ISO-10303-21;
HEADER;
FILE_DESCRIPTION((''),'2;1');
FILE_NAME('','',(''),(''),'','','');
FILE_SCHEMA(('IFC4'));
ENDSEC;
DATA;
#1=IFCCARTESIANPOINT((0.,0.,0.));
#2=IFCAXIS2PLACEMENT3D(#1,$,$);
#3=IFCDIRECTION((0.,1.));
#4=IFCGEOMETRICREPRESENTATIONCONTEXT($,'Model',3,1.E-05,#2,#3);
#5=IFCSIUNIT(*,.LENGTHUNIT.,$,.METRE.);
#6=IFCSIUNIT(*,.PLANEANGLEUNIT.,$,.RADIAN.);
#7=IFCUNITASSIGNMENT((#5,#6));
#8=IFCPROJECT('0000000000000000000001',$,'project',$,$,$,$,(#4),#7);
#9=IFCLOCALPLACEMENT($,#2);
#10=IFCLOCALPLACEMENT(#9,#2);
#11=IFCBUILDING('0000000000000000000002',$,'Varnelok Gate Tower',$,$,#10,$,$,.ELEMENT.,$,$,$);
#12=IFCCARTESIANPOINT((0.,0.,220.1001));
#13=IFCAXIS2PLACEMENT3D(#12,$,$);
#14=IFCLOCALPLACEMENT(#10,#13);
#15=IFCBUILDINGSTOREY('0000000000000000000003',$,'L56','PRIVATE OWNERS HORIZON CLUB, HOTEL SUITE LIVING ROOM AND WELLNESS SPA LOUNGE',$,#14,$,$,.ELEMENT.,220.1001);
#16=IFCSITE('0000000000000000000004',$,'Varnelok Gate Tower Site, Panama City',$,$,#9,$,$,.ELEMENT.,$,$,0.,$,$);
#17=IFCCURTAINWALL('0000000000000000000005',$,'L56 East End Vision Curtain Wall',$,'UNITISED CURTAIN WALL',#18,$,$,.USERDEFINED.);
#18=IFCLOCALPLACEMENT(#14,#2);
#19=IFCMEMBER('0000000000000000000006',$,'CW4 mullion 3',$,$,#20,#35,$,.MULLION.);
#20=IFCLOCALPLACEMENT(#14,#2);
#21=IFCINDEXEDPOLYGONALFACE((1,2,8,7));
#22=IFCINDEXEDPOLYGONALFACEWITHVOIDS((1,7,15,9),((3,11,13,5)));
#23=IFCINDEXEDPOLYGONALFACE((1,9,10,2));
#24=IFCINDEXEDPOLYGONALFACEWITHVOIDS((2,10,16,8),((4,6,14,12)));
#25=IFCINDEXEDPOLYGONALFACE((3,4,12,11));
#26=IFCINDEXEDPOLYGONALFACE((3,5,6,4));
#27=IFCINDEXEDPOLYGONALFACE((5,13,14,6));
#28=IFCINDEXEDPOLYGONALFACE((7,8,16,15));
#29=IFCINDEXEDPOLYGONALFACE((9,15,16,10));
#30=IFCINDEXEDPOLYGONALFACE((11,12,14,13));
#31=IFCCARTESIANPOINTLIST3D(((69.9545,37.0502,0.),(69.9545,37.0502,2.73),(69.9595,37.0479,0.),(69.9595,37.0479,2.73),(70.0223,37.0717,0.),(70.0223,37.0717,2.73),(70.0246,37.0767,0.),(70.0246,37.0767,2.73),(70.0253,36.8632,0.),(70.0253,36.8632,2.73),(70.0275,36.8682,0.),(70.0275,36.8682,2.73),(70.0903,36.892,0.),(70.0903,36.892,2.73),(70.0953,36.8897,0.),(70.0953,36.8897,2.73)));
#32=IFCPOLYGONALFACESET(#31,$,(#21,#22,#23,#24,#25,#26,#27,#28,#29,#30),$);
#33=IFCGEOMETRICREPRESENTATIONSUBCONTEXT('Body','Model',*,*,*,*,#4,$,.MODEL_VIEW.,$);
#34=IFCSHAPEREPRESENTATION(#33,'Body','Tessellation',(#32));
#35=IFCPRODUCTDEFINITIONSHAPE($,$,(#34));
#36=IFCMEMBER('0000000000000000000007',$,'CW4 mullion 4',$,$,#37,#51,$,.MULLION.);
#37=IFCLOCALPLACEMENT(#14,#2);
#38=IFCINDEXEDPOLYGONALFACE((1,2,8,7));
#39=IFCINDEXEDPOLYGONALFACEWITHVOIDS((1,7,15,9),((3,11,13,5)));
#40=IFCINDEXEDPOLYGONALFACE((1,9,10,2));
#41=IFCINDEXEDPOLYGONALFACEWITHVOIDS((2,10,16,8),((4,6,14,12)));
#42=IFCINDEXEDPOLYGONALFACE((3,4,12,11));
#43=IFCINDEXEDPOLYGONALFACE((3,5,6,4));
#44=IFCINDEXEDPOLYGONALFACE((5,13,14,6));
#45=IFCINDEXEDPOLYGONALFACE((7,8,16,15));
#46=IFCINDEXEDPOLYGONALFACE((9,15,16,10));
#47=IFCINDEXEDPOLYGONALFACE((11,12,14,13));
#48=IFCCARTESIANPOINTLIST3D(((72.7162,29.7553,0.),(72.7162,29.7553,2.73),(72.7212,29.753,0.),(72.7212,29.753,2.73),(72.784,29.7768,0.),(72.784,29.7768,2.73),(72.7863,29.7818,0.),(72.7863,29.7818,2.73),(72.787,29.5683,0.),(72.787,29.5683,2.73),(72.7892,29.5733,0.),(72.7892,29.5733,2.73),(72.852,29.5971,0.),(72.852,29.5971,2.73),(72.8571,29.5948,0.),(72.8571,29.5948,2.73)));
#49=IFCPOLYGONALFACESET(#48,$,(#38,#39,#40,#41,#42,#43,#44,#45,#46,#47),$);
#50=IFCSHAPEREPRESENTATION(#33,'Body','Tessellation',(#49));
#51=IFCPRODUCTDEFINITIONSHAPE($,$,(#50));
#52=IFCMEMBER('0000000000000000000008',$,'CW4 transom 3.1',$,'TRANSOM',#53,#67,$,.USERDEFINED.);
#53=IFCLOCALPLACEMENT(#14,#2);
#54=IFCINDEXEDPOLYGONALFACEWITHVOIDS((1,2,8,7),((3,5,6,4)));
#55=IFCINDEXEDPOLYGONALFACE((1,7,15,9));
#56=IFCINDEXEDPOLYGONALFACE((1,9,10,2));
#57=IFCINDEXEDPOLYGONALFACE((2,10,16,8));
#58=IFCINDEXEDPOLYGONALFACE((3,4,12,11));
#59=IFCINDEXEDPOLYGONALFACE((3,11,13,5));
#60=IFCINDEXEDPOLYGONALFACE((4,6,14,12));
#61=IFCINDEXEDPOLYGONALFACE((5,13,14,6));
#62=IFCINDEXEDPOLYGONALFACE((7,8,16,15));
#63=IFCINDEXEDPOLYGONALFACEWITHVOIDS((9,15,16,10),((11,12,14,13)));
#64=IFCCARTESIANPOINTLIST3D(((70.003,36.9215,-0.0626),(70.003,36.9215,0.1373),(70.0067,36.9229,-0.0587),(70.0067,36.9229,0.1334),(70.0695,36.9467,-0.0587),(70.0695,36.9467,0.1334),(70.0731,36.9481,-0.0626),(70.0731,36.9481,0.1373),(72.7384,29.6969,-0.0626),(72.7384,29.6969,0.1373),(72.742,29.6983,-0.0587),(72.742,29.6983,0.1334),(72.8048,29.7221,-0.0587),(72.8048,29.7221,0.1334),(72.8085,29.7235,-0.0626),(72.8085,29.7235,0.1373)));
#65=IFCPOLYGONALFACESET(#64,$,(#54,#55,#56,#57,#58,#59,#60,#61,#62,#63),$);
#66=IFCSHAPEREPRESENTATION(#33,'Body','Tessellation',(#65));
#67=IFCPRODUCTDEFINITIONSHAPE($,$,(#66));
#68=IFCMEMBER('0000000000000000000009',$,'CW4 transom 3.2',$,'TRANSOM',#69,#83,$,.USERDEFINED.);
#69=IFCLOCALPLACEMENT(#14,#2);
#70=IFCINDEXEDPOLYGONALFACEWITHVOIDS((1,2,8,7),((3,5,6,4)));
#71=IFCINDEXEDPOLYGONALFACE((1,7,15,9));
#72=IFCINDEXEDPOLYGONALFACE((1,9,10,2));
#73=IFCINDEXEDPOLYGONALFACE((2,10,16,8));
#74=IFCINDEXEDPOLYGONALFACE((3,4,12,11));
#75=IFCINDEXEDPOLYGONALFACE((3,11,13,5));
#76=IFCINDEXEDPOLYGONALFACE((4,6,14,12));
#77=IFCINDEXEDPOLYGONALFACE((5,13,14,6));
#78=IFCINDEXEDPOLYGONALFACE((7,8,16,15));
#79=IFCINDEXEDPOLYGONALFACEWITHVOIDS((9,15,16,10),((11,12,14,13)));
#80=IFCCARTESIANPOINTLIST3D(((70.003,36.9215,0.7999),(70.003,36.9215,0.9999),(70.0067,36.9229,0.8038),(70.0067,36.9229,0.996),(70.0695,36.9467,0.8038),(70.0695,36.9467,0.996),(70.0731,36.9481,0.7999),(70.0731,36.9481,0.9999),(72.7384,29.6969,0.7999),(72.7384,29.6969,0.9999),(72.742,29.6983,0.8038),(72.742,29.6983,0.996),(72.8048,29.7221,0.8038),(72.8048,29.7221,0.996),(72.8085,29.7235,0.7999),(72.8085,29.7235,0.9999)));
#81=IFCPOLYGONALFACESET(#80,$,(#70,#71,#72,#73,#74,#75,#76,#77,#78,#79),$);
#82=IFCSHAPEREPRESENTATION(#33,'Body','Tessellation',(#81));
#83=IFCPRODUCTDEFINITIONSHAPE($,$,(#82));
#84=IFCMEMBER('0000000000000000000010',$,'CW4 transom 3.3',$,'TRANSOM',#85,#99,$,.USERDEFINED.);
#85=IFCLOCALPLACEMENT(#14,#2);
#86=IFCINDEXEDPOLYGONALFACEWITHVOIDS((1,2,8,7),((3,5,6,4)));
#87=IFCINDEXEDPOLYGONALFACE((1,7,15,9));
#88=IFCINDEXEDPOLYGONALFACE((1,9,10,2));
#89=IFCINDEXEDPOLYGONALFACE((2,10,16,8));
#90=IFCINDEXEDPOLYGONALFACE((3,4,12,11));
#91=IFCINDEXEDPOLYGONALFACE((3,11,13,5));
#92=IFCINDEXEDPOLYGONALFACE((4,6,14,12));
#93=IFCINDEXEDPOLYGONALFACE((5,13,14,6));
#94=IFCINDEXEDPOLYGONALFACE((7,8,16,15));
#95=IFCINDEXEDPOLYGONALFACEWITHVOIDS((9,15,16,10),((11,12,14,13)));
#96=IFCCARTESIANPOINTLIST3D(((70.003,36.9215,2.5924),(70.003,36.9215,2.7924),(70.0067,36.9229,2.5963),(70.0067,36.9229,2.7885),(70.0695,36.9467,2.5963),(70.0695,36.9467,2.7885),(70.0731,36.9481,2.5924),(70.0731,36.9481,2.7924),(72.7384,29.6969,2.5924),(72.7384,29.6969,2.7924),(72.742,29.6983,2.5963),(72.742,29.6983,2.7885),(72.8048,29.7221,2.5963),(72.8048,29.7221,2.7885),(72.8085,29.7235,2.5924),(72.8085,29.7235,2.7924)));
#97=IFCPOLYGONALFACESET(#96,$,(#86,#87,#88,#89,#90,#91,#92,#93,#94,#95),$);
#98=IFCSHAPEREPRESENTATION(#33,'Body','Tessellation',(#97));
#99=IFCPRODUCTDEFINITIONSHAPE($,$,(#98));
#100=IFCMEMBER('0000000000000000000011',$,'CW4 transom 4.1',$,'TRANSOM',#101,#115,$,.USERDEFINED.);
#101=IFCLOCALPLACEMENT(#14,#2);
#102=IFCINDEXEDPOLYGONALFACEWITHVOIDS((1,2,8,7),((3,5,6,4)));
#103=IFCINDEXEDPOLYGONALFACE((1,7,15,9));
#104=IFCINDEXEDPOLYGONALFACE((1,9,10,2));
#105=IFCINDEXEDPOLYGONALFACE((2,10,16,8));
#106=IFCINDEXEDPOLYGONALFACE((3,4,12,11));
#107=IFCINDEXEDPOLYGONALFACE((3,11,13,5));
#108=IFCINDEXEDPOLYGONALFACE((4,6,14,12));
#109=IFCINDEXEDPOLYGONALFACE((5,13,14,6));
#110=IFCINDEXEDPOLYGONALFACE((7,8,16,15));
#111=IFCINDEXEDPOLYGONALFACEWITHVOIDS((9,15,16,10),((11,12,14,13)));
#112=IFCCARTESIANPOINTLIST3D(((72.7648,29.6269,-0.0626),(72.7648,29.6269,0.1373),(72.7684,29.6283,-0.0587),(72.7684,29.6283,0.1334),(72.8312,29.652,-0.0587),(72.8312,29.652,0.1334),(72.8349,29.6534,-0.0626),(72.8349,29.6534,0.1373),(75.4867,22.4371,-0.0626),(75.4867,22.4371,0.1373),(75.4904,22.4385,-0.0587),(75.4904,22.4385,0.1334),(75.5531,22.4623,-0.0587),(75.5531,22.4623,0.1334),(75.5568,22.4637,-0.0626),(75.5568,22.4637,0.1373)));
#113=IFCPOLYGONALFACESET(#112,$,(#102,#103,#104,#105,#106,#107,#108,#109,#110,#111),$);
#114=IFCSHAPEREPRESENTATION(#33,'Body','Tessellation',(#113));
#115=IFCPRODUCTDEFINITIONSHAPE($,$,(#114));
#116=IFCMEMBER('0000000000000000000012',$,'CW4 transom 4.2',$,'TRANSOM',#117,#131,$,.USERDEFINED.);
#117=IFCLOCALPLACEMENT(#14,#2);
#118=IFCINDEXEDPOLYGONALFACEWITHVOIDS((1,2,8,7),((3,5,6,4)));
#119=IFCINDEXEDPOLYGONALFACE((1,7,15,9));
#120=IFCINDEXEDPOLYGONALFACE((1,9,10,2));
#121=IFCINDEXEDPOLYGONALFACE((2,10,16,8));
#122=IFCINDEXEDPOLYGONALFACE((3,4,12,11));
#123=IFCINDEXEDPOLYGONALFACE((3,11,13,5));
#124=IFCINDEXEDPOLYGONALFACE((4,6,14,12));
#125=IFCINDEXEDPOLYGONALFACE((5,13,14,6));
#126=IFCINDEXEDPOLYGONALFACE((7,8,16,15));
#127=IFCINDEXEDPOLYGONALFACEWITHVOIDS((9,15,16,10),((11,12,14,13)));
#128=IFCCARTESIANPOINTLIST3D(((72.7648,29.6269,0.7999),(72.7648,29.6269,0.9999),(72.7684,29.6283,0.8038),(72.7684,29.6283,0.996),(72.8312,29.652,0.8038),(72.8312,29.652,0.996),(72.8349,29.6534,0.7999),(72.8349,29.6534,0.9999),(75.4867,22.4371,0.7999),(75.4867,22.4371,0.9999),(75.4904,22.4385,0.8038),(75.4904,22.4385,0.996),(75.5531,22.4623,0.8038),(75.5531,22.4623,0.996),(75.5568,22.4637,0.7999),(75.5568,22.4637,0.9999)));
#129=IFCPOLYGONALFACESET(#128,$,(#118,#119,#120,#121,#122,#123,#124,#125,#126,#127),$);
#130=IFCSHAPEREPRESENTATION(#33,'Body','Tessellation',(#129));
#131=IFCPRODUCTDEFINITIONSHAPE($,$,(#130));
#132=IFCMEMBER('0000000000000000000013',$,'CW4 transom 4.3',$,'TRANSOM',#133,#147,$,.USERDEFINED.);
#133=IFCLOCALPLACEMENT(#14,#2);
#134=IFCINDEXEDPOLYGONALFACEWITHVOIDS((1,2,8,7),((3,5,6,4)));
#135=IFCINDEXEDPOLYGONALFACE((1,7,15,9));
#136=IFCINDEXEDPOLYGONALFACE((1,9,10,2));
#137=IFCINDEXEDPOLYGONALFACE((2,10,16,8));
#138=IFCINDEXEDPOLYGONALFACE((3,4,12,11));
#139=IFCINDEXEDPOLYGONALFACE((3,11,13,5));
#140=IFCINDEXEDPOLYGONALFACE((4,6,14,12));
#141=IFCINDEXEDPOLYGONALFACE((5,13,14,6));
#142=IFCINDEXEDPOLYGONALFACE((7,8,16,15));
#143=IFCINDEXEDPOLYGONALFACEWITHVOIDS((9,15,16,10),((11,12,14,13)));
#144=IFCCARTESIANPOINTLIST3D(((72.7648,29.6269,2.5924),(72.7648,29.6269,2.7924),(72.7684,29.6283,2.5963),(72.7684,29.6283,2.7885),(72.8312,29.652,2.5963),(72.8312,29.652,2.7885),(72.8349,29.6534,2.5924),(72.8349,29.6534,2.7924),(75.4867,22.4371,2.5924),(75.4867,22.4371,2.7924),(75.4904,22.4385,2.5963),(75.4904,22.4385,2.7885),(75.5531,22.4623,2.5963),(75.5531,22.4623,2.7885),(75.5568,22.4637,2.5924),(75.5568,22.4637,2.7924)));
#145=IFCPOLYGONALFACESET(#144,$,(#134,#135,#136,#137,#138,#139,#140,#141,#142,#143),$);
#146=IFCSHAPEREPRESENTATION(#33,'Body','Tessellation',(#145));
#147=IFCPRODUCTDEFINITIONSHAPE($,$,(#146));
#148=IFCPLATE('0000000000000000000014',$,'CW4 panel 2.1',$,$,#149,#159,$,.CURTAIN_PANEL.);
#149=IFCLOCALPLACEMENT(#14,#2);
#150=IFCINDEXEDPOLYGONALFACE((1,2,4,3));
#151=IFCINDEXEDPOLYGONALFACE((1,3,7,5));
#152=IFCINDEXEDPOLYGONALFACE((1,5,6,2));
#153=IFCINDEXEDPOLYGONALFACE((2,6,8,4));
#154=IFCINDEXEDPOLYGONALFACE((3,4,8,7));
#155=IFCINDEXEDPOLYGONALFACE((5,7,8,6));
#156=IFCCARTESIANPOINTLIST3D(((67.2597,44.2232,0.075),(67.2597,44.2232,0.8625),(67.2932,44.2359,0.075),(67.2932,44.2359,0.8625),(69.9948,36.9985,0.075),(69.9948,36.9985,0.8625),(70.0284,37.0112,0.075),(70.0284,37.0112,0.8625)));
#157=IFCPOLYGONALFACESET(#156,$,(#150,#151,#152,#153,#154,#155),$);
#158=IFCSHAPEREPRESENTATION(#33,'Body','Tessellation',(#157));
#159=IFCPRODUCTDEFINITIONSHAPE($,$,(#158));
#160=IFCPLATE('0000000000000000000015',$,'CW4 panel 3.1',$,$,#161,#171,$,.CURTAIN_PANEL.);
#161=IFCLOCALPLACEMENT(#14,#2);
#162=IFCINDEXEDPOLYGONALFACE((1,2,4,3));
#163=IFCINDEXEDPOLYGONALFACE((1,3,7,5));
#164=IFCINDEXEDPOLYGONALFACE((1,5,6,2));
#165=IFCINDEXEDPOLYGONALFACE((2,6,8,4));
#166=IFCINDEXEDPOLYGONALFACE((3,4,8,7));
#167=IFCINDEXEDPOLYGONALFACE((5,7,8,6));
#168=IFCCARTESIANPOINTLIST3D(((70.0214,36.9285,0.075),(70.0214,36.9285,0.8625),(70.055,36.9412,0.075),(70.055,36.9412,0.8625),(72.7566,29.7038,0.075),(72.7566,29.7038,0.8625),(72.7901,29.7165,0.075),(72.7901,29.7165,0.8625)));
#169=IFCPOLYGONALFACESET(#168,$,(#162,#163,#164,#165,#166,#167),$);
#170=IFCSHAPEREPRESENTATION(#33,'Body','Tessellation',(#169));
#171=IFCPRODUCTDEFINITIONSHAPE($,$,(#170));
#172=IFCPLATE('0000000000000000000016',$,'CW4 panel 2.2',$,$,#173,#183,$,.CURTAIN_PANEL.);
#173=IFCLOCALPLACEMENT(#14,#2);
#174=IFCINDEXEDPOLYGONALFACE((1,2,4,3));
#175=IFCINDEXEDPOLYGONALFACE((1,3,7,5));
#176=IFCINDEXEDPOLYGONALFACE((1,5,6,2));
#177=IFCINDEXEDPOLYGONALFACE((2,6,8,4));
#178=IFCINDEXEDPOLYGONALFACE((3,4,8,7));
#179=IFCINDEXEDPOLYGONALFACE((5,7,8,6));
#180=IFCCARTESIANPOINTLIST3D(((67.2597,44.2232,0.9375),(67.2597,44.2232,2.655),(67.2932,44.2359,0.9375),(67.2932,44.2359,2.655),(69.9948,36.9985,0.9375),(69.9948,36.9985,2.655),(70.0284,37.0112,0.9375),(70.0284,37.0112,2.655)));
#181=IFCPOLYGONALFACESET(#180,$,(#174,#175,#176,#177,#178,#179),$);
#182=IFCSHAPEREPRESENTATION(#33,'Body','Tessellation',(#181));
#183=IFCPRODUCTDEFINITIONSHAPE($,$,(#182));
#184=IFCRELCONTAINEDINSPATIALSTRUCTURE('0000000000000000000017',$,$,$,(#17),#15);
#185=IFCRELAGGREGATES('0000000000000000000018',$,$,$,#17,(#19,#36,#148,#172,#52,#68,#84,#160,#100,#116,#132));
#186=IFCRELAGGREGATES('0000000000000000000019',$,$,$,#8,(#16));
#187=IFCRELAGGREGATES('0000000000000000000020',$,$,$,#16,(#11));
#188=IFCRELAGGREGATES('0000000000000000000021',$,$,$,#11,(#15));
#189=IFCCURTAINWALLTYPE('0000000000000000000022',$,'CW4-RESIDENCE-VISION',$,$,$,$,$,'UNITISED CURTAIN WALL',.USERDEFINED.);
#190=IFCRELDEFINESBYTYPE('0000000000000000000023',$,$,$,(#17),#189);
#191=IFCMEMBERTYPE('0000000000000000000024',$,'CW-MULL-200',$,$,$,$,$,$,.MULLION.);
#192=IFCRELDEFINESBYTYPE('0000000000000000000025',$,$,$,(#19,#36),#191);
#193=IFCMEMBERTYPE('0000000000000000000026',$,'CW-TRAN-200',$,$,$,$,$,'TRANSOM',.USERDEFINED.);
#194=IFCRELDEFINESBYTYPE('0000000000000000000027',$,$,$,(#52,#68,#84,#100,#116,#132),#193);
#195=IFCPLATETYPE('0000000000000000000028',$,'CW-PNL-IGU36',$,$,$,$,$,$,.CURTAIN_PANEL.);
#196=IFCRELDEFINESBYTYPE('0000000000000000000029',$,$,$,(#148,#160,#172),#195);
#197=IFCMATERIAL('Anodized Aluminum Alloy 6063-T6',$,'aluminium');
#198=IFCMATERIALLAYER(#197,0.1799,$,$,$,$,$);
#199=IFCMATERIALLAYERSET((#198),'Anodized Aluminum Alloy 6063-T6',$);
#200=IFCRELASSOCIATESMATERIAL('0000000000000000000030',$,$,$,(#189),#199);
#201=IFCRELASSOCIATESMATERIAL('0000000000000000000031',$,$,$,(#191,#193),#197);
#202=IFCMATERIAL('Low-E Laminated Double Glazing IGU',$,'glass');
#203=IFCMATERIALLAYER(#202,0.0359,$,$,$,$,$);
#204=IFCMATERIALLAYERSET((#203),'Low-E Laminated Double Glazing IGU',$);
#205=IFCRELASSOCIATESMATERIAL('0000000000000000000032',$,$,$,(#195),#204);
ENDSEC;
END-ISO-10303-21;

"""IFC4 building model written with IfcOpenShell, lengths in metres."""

from ifc_helpers import new_model, si_unit, direction, frame, origin, origin_2d, place, context, subcontext, project, spatial, rectangle, hollow_rectangle, extrude, source, transform, mapped, material, layer, layer_set, material_profile, profile_set, type_object, element, aggregate, save


model = new_model("IFC4")

# Units and contexts
model_context = context("Model", 3, precision=1e-05, world=origin(), true_north=direction((0.0, 1.0)))
body_context = subcontext(model_context, "Body", "Model", "MODEL_VIEW")
ifc_project = project(units=[si_unit("LENGTHUNIT", "METRE"), si_unit("PLANEANGLEUNIT", "RADIAN")], contexts=[model_context])

# Site, building, storey
site_placement = place(None, origin())
site = spatial("IfcSite", under=ifc_project, at=site_placement, Name="Varnelok Gate Tower Site, Panama City", CompositionType="ELEMENT", RefElevation=0.0)
building_placement = place(site_placement, origin())
building = spatial("IfcBuilding", under=site, at=building_placement, Name="Varnelok Gate Tower", CompositionType="ELEMENT")
storey_placement = place(building_placement, frame((0.0, 0.0, 220.1001)))
storey = spatial("IfcBuildingStorey", under=building, at=storey_placement, Name="L56", Description="PRIVATE OWNERS HORIZON CLUB, HOTEL SUITE LIVING ROOM AND WELLNESS SPA LOUNGE", CompositionType="ELEMENT", Elevation=220.1001)

# Curtain wall, members, plates
ifc_material_1 = material(Name="Anodized Aluminum Alloy 6063-T6", Category="aluminium")
ifc_layer_1 = layer(ifc_material_1, 0.1799)
ifc_layer_set_1 = layer_set([ifc_layer_1], Name="Anodized Aluminum Alloy 6063-T6")
curtain_wall_type = type_object("IfcCurtainWallType", Name="CW4-RESIDENCE-VISION", ElementType="UNITISED CURTAIN WALL", PredefinedType="USERDEFINED", material=ifc_layer_set_1)
curtain_wall_placement = place(storey_placement, origin())
curtain_wall = element("IfcCurtainWall", 1, at=curtain_wall_placement, inside=storey, type_object=curtain_wall_type, Name="L56 East End Vision Curtain Wall", ObjectType="UNITISED CURTAIN WALL", PredefinedType="USERDEFINED")
ifc_material_profile_1 = material_profile(ifc_material_1, hollow_rectangle(XDim=0.075, YDim=0.2, WallThickness=0.0039, at=origin_2d()), Name="ALU200X75X4")
ifc_profile_set_1 = profile_set([ifc_material_profile_1], Name="Anodized Aluminum Alloy 6063-T6")
member_type_1 = type_object("IfcMemberType", Name="CW-MULL-200", PredefinedType="MULLION", material=ifc_profile_set_1)
member_1_placement = place(storey_placement, frame((70.0249, 36.97, 0.0), z_axis=(0.0, 0.0, 1.0), x_axis=(0.935222, 0.354063, 0.0)))
member_1 = element("IfcMember", 2, at=member_1_placement, type_object=member_type_1, Name="CW4 mullion 3", PredefinedType="MULLION", context=body_context, shape_type="SweptSolid", body=[
    extrude(hollow_rectangle(XDim=0.075, YDim=0.2, WallThickness=0.0039, at=origin_2d()), origin(), (0.0, 0.0, 1.0), 2.73),
])
member_2_placement = place(storey_placement, frame((72.7866, 29.675, 0.0), z_axis=(0.0, 0.0, 1.0), x_axis=(0.935222, 0.354063, 0.0)))
member_2 = element("IfcMember", 3, at=member_2_placement, type_object=member_type_1, Name="CW4 mullion 4", PredefinedType="MULLION", context=body_context, shape_type="SweptSolid", body=[
    extrude(hollow_rectangle(XDim=0.075, YDim=0.2, WallThickness=0.0039, at=origin_2d()), origin(), (0.0, 0.0, 1.0), 2.73),
])
ifc_material_profile_2 = material_profile(ifc_material_1, hollow_rectangle(XDim=0.075, YDim=0.2, WallThickness=0.0039, at=origin_2d()), Name="ALU200X75X4")
ifc_profile_set_2 = profile_set([ifc_material_profile_2], Name="Anodized Aluminum Alloy 6063-T6")
member_type_2 = type_object("IfcMemberType", Name="CW-TRAN-200", ElementType="TRANSOM", PredefinedType="USERDEFINED", material=ifc_profile_set_2)
member_3_placement = place(storey_placement, frame((70.0381, 36.9348, 0.0374), z_axis=(0.354086, -0.935213, 0.0), x_axis=(0.935213, 0.354086, 0.0)))
member_3 = element("IfcMember", 4, at=member_3_placement, type_object=member_type_2, Name="CW4 transom 3.1", ObjectType="TRANSOM", PredefinedType="USERDEFINED", context=body_context, shape_type="SweptSolid", body=[
    extrude(hollow_rectangle(XDim=0.075, YDim=0.2, WallThickness=0.0039, at=origin_2d()), origin(), (0.0, 0.0, 1.0), 7.7251),
])
member_4_placement = place(storey_placement, frame((70.0381, 36.9348, 0.8999), z_axis=(0.354086, -0.935213, 0.0), x_axis=(0.935213, 0.354086, 0.0)))
member_4 = element("IfcMember", 5, at=member_4_placement, type_object=member_type_2, Name="CW4 transom 3.2", ObjectType="TRANSOM", PredefinedType="USERDEFINED", context=body_context, shape_type="SweptSolid", body=[
    extrude(hollow_rectangle(XDim=0.075, YDim=0.2, WallThickness=0.0039, at=origin_2d()), origin(), (0.0, 0.0, 1.0), 7.7251),
])
member_5_placement = place(storey_placement, frame((70.0381, 36.9348, 2.6924), z_axis=(0.354086, -0.935213, 0.0), x_axis=(0.935213, 0.354086, 0.0)))
member_5 = element("IfcMember", 6, at=member_5_placement, type_object=member_type_2, Name="CW4 transom 3.3", ObjectType="TRANSOM", PredefinedType="USERDEFINED", context=body_context, shape_type="SweptSolid", body=[
    extrude(hollow_rectangle(XDim=0.075, YDim=0.2, WallThickness=0.0039, at=origin_2d()), origin(), (0.0, 0.0, 1.0), 7.7251),
])
member_6_placement = place(storey_placement, frame((72.7998, 29.6401, 0.0374), z_axis=(0.354063, -0.935222, 0.0), x_axis=(0.935222, 0.354063, 0.0)))
member_6 = element("IfcMember", 7, at=member_6_placement, type_object=member_type_2, Name="CW4 transom 4.1", ObjectType="TRANSOM", PredefinedType="USERDEFINED", context=body_context, shape_type="SweptSolid", body=[
    extrude(hollow_rectangle(XDim=0.075, YDim=0.2, WallThickness=0.0039, at=origin_2d()), origin(), (0.0, 0.0, 1.0), 7.6877),
])
member_7_placement = place(storey_placement, frame((72.7998, 29.6401, 0.8999), z_axis=(0.354063, -0.935222, 0.0), x_axis=(0.935222, 0.354063, 0.0)))
member_7 = element("IfcMember", 8, at=member_7_placement, type_object=member_type_2, Name="CW4 transom 4.2", ObjectType="TRANSOM", PredefinedType="USERDEFINED", context=body_context, shape_type="SweptSolid", body=[
    extrude(hollow_rectangle(XDim=0.075, YDim=0.2, WallThickness=0.0039, at=origin_2d()), origin(), (0.0, 0.0, 1.0), 7.6877),
])
member_8_placement = place(storey_placement, frame((72.7998, 29.6401, 2.6924), z_axis=(0.354063, -0.935222, 0.0), x_axis=(0.935222, 0.354063, 0.0)))
member_8 = element("IfcMember", 9, at=member_8_placement, type_object=member_type_2, Name="CW4 transom 4.3", ObjectType="TRANSOM", PredefinedType="USERDEFINED", context=body_context, shape_type="SweptSolid", body=[
    extrude(hollow_rectangle(XDim=0.075, YDim=0.2, WallThickness=0.0039, at=origin_2d()), origin(), (0.0, 0.0, 1.0), 7.6877),
])
ifc_material_2 = material(Name="Low-E Laminated Double Glazing IGU", Category="glass")
ifc_layer_2 = layer(ifc_material_2, 0.0359)
ifc_layer_set_2 = layer_set([ifc_layer_2], Name="Low-E Laminated Double Glazing IGU")
plate_type = type_object("IfcPlateType", Name="CW-PNL-IGU36", PredefinedType="CURTAIN_PANEL", material=ifc_layer_set_2)
shared_shape_1 = source(origin(), body_context, "Body", "SweptSolid", [
    extrude(rectangle(XDim=7.7251, YDim=0.0359, at=origin_2d()), origin(), (0.0, 0.0, 1.0), 0.7876),
])
plate_1_placement = place(storey_placement, frame((68.644, 40.6172, 0.075), z_axis=(0.0, 0.0, 1.0), x_axis=(0.354063, -0.935222, 0.0)))
plate_1 = element("IfcPlate", 10, at=plate_1_placement, type_object=plate_type, Name="CW4 panel 2.1", PredefinedType="CURTAIN_PANEL", context=body_context, shape_type="MappedRepresentation", body=[
    mapped(shared_shape_1, transform((0.0, 0.0, 0.0), scale=1.0)),
])
plate_2_placement = place(storey_placement, frame((71.4058, 33.3225, 0.075), z_axis=(0.0, 0.0, 1.0), x_axis=(0.354063, -0.935222, 0.0)))
plate_2 = element("IfcPlate", 11, at=plate_2_placement, type_object=plate_type, Name="CW4 panel 3.1", PredefinedType="CURTAIN_PANEL", context=body_context, shape_type="MappedRepresentation", body=[
    mapped(shared_shape_1, transform((0.0, 0.0, 0.0), scale=1.0)),
])
shared_shape_2 = source(origin(), body_context, "Body", "SweptSolid", [
    extrude(rectangle(XDim=7.7251, YDim=0.0359, at=origin_2d()), origin(), (0.0, 0.0, 1.0), 1.7175),
])
plate_3_placement = place(storey_placement, frame((68.644, 40.6172, 0.9375), z_axis=(0.0, 0.0, 1.0), x_axis=(0.354063, -0.935222, 0.0)))
plate_3 = element("IfcPlate", 12, at=plate_3_placement, type_object=plate_type, Name="CW4 panel 2.2", PredefinedType="CURTAIN_PANEL", context=body_context, shape_type="MappedRepresentation", body=[
    mapped(shared_shape_2, transform((0.0, 0.0, 0.0), scale=1.0)),
])
aggregate(curtain_wall, [member_1, member_2, plate_1, plate_3, member_3, member_4, member_5, plate_2, member_6, member_7, member_8])

save(model, "model.ifc")
